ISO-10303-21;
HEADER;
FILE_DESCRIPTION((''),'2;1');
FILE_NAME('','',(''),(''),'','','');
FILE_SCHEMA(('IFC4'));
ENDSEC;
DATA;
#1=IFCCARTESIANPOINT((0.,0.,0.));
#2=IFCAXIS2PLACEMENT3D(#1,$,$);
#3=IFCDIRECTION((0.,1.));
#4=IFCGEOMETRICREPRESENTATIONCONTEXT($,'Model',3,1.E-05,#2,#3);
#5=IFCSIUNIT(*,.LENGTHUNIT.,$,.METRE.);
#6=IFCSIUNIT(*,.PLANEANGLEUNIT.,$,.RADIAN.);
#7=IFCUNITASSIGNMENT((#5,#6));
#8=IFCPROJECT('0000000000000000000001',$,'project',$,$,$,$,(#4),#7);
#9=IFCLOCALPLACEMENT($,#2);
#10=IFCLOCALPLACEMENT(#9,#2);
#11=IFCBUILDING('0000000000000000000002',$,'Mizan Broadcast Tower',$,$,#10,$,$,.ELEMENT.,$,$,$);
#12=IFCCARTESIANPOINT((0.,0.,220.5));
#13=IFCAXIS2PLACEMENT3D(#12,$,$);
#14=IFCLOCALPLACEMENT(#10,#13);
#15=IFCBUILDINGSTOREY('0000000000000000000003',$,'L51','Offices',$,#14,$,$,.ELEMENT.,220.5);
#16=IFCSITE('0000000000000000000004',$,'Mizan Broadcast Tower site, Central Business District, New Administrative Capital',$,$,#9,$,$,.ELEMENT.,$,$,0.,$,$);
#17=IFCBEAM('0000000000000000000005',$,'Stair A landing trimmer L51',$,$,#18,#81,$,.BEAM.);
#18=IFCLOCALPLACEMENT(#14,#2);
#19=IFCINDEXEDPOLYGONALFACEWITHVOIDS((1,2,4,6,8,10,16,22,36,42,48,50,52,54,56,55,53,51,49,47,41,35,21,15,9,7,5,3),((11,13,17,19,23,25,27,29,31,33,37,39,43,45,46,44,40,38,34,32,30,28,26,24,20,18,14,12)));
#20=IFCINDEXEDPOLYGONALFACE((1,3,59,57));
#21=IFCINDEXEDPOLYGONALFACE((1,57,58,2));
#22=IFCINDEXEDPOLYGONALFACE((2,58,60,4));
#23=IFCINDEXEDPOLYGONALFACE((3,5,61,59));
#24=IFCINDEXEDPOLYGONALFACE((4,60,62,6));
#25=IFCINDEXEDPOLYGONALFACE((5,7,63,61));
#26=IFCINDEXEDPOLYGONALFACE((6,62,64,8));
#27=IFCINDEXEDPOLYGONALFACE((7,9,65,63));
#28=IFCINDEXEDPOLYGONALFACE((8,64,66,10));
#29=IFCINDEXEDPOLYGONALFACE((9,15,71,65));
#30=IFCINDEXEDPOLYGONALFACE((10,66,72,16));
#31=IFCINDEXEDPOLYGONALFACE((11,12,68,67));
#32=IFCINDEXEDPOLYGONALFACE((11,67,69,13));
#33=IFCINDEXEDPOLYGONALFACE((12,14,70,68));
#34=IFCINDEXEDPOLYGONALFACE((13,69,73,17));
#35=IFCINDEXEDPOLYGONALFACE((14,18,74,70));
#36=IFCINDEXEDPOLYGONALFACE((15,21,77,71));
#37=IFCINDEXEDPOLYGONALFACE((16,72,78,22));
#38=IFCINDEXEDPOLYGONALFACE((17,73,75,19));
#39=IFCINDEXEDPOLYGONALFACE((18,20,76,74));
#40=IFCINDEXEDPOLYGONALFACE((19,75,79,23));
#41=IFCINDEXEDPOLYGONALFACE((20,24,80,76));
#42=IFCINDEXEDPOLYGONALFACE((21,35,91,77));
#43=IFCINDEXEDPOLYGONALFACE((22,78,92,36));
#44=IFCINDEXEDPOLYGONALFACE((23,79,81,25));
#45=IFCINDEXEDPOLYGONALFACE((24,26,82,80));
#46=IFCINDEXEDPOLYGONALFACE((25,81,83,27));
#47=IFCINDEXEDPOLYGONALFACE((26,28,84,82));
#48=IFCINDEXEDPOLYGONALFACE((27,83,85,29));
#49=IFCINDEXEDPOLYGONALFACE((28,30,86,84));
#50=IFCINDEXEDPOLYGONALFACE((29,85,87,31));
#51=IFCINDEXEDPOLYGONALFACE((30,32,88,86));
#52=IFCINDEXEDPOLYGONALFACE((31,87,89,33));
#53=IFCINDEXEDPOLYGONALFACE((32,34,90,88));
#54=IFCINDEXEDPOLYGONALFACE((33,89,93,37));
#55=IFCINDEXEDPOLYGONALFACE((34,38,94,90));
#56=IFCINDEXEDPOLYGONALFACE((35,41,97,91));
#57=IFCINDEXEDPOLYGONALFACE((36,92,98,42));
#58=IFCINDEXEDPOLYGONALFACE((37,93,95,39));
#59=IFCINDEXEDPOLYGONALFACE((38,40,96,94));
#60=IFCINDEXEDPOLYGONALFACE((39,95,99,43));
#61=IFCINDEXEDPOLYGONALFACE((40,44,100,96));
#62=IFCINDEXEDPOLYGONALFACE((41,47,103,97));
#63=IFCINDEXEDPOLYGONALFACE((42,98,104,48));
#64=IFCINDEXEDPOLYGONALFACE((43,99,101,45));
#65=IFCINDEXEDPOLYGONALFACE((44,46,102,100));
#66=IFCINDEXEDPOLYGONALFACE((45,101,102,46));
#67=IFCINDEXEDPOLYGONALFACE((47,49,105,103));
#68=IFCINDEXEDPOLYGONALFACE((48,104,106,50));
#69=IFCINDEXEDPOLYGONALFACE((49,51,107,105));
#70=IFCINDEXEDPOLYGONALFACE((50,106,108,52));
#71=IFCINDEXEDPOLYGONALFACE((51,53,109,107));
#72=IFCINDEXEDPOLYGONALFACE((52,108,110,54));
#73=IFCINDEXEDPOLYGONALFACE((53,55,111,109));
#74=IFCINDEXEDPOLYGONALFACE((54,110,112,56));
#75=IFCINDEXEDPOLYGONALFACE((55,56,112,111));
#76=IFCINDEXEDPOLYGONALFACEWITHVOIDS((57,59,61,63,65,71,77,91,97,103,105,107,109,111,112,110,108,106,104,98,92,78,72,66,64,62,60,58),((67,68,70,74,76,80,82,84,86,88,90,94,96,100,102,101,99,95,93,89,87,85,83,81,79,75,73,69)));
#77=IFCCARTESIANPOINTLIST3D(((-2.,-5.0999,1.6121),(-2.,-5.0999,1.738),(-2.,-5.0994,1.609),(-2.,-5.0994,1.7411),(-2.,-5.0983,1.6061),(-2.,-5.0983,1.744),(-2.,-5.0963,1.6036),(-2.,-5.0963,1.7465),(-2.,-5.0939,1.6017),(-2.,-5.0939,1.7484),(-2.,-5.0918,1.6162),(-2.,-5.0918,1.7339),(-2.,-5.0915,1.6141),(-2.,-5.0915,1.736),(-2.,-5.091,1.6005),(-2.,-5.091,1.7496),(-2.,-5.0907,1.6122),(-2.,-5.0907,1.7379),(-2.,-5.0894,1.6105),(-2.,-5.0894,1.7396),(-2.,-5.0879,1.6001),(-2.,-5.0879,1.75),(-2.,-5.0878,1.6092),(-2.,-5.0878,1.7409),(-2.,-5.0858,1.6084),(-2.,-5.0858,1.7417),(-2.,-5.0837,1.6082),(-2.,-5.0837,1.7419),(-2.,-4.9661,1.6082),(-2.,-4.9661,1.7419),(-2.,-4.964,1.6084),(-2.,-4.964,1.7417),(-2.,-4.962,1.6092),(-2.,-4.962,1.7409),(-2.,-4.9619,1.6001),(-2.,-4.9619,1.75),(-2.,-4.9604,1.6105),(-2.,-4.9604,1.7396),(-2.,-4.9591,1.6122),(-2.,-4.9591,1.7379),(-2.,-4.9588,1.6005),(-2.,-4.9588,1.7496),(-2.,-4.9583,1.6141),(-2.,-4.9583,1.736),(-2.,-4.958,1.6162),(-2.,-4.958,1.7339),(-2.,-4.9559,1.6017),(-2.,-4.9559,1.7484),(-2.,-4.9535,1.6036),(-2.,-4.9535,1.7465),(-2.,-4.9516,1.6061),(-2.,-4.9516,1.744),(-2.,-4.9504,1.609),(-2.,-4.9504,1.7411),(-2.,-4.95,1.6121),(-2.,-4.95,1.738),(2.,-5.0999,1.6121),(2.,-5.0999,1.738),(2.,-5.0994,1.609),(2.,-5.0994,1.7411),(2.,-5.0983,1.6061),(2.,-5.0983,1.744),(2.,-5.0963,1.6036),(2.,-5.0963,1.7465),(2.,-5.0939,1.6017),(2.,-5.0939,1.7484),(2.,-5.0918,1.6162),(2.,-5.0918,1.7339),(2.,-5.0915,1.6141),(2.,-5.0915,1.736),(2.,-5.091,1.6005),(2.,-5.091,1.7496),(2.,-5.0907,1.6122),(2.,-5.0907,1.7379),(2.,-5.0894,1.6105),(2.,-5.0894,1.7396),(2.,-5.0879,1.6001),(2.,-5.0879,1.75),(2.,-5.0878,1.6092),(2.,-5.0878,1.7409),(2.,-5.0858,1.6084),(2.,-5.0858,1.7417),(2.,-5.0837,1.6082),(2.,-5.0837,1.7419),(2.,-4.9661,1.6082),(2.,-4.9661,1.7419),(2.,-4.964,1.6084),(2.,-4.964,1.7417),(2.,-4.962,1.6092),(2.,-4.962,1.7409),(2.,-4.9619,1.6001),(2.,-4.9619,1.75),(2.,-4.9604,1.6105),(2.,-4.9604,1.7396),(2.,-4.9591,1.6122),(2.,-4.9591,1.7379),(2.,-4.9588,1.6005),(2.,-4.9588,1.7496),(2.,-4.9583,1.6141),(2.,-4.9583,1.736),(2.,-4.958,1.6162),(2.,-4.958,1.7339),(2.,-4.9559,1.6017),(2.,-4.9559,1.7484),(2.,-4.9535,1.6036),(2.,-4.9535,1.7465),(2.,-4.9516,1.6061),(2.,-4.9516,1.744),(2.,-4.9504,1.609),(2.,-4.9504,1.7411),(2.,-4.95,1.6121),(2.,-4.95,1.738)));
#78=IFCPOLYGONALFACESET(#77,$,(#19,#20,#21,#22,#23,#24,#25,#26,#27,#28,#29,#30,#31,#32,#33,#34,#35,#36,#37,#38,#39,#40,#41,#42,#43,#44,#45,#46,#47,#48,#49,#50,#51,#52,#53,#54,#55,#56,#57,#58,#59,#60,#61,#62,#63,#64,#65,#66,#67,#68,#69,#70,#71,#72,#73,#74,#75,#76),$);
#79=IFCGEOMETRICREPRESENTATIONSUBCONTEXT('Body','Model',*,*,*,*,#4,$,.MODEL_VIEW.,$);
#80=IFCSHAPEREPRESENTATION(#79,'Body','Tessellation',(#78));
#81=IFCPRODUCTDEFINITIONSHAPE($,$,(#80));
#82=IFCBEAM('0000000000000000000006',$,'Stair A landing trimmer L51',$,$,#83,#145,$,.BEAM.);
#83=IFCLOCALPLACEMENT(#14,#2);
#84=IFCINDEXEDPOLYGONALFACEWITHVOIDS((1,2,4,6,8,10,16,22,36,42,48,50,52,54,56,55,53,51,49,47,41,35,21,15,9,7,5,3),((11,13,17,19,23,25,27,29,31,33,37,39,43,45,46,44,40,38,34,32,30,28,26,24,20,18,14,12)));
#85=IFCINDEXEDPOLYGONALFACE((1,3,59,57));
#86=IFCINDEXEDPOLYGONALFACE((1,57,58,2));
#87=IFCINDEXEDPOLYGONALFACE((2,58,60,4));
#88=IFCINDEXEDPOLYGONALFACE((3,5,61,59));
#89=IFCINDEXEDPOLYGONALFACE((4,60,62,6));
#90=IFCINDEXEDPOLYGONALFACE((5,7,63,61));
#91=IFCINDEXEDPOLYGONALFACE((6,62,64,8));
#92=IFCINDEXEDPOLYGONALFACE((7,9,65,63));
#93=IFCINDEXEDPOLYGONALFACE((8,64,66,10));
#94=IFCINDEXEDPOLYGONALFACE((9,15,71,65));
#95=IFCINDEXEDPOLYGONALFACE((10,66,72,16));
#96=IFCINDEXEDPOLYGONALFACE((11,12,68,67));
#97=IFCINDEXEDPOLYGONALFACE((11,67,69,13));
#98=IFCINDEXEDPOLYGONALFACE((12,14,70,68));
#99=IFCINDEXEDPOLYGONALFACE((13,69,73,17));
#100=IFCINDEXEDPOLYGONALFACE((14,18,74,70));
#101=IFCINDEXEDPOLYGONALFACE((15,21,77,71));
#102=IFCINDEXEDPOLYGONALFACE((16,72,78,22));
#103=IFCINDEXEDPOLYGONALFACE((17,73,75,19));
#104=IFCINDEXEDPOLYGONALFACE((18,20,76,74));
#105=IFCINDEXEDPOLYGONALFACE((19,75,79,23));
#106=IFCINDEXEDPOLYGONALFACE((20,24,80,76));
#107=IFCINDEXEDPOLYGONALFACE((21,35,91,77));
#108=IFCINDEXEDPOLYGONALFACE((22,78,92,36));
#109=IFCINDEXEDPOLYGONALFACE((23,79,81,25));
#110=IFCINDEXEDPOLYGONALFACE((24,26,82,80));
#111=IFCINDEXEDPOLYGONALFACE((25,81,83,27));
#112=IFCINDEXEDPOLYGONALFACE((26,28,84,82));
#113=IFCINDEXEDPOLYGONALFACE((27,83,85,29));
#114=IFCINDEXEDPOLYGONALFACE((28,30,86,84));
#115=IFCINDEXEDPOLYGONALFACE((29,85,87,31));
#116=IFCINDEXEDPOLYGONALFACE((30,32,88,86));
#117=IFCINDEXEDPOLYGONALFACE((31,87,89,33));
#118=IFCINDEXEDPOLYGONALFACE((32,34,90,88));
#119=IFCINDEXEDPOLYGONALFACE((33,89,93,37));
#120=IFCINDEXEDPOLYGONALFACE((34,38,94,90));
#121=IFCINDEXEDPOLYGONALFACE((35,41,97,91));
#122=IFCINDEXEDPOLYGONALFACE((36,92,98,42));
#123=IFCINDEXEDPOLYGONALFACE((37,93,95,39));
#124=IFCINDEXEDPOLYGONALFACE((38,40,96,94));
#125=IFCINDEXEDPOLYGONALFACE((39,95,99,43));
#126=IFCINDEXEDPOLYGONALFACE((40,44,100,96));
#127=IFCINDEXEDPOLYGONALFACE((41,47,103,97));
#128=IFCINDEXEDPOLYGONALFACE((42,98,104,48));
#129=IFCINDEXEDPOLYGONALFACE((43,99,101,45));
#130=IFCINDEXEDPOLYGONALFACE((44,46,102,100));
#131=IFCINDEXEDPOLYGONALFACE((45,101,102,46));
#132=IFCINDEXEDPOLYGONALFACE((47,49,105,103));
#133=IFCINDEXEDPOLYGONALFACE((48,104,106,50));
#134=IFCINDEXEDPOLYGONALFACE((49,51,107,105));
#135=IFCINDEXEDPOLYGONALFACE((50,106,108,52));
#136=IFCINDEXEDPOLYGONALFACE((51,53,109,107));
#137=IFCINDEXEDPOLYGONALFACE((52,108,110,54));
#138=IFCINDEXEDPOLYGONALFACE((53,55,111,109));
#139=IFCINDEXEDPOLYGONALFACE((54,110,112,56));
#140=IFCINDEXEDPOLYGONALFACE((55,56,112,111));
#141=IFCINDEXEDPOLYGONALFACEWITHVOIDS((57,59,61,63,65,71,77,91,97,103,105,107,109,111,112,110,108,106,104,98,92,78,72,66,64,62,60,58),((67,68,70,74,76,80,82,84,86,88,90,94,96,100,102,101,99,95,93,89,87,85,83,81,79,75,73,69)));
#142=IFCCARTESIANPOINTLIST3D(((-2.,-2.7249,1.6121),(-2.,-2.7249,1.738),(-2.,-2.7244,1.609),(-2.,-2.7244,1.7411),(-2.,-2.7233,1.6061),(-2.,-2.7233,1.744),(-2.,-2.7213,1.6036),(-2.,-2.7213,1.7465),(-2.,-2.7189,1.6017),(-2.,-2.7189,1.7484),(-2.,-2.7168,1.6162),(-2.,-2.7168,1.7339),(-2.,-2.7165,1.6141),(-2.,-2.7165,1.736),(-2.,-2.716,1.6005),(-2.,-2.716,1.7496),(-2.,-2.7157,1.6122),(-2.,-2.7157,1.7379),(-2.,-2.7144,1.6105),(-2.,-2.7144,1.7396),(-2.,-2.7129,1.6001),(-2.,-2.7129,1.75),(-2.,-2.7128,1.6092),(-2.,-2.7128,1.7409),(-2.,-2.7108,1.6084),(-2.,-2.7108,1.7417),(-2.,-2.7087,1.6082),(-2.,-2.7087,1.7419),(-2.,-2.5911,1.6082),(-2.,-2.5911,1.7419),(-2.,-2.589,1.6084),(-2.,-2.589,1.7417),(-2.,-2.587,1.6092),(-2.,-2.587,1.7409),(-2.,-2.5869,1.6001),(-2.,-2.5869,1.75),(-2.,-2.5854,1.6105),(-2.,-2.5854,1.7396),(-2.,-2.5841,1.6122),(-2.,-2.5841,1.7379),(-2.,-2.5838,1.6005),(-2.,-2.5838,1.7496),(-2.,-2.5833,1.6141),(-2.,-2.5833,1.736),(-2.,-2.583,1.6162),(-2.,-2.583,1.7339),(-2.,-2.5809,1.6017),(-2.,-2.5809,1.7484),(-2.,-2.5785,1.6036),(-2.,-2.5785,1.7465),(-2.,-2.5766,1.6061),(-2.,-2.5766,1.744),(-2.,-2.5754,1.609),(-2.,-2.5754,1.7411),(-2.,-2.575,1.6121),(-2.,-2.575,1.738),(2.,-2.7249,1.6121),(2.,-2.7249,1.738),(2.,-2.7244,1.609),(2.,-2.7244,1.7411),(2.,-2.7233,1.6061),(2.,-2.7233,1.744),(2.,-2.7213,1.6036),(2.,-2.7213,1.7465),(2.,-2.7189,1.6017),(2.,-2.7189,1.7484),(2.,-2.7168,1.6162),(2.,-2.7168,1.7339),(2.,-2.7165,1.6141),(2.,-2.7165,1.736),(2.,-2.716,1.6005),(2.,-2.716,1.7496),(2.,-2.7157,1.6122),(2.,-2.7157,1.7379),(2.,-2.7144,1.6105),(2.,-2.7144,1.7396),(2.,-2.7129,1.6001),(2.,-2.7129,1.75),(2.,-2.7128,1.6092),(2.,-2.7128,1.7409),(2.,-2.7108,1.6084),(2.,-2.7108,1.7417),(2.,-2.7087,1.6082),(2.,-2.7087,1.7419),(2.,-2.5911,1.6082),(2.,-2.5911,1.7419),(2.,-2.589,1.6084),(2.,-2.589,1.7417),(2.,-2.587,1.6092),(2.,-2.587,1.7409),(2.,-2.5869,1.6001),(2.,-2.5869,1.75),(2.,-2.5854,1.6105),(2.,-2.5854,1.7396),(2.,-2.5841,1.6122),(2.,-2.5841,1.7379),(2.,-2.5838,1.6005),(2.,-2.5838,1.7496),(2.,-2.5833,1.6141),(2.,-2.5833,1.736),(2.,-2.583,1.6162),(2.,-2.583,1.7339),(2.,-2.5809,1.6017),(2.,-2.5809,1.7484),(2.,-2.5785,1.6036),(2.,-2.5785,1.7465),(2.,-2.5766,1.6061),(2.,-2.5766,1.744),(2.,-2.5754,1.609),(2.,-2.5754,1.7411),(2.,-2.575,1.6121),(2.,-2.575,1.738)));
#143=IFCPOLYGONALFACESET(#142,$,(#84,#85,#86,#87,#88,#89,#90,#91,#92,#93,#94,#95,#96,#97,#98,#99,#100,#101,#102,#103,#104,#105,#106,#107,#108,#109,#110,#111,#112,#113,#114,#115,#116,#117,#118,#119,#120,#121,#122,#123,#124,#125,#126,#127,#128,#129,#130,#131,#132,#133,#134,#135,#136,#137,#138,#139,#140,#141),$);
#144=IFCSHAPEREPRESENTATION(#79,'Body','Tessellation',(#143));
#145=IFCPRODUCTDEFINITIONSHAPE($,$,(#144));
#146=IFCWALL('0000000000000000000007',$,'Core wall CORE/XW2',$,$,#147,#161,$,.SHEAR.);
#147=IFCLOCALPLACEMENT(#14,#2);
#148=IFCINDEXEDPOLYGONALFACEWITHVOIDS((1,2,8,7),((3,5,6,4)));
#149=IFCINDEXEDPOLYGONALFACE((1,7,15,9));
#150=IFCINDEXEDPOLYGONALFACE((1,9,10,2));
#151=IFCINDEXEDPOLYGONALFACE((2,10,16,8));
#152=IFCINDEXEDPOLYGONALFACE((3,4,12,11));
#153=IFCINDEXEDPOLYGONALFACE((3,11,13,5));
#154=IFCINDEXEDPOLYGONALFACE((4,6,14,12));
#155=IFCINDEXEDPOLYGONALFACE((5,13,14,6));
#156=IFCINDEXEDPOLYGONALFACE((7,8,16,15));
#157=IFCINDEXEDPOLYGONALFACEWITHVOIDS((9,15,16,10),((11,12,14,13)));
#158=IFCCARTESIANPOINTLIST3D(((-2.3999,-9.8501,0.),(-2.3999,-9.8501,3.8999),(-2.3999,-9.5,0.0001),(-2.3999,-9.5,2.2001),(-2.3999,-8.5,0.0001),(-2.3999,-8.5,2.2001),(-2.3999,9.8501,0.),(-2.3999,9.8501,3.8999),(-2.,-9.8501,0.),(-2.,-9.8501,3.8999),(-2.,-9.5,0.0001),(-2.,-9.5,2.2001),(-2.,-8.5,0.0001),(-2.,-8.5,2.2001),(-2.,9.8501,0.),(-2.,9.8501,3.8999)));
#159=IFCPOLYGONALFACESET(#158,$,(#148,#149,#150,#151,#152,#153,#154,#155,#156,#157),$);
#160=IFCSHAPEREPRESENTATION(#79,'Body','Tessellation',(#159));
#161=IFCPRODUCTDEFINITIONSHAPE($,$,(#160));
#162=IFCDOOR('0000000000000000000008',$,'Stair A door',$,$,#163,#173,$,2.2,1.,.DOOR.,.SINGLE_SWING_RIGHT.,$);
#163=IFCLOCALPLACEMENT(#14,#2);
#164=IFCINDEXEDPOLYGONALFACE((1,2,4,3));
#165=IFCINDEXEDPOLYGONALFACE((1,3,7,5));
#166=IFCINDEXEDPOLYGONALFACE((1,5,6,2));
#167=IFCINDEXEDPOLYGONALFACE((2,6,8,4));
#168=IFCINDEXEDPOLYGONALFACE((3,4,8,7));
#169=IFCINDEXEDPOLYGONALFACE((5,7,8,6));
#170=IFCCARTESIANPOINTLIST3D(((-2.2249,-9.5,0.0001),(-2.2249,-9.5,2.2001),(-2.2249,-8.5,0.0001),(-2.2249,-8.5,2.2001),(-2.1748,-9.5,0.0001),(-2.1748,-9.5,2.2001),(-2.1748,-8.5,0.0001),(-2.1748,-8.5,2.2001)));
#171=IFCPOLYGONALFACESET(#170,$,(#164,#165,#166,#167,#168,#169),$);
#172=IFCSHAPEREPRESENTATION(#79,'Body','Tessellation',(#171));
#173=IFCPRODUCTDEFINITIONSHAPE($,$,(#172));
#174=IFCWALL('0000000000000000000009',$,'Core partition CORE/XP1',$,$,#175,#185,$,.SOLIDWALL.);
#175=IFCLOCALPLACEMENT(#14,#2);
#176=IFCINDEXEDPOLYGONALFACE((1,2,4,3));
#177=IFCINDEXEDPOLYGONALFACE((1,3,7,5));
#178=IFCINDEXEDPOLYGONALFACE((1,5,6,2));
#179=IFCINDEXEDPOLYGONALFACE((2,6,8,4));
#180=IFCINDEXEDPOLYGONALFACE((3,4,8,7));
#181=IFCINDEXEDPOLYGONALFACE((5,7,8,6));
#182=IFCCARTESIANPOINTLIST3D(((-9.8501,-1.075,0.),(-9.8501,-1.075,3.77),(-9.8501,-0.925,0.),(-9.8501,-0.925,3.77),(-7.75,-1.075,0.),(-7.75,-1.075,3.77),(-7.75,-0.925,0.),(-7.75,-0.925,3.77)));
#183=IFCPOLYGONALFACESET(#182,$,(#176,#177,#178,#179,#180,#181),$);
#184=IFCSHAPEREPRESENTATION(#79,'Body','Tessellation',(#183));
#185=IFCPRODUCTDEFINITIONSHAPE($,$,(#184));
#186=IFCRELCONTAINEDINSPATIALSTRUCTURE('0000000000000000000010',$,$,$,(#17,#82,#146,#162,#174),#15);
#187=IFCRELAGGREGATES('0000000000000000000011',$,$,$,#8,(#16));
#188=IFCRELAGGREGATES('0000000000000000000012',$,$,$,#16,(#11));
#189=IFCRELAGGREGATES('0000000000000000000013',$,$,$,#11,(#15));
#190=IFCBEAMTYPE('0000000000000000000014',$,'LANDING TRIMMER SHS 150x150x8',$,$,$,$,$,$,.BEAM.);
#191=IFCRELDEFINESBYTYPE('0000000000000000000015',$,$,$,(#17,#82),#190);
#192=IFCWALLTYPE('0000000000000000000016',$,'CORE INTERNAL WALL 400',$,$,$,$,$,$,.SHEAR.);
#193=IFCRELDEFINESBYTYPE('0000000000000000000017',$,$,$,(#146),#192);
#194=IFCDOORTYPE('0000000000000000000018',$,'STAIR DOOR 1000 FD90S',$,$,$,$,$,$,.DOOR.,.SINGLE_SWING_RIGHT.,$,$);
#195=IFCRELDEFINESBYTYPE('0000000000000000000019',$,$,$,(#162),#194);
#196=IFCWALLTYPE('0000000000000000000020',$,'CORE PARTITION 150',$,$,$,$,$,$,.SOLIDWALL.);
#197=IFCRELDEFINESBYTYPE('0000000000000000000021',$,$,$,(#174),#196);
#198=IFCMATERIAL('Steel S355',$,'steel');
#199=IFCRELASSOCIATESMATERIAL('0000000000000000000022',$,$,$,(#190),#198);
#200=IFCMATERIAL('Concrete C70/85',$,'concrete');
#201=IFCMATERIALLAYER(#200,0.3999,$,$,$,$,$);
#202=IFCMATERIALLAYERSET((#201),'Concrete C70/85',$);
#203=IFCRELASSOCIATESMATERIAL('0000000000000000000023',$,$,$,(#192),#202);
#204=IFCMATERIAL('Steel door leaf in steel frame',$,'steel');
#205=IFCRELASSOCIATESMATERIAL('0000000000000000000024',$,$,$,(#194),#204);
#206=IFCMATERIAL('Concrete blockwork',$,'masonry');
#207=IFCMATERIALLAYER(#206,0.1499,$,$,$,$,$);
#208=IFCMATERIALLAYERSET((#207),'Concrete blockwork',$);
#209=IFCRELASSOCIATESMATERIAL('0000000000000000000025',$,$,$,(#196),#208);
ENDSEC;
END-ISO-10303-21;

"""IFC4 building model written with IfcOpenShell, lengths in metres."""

from ifc_helpers import new_model, si_unit, direction, frame, frame_2d, origin, origin_2d, place, context, subcontext, project, spatial, rectangle, hollow_rectangle, extrude, material, layer, layer_set, material_profile, profile_set, type_object, element, fill, save


model = new_model("IFC4")

# Units and contexts
model_context = context("Model", 3, precision=1e-05, world=origin(), true_north=direction((0.0, 1.0)))
body_context = subcontext(model_context, "Body", "Model", "MODEL_VIEW")
ifc_project = project(units=[si_unit("LENGTHUNIT", "METRE"), si_unit("PLANEANGLEUNIT", "RADIAN")], contexts=[model_context])

# Site, building, storey
site_placement = place(None, origin())
site = spatial("IfcSite", under=ifc_project, at=site_placement, Name="Mizan Broadcast Tower site, Central Business District, New Administrative Capital", CompositionType="ELEMENT", RefElevation=0.0)
building_placement = place(site_placement, origin())
building = spatial("IfcBuilding", under=site, at=building_placement, Name="Mizan Broadcast Tower", CompositionType="ELEMENT")
storey_placement = place(building_placement, frame((0.0, 0.0, 220.5)))
storey = spatial("IfcBuildingStorey", under=building, at=storey_placement, Name="L51", Description="Offices", CompositionType="ELEMENT", Elevation=220.5)

# Beams
ifc_material_1 = material(Name="Steel S355", Category="steel")
ifc_material_profile = material_profile(ifc_material_1, hollow_rectangle(XDim=0.1499, YDim=0.1499, WallThickness=0.0081, InnerFilletRadius=0.0081, OuterFilletRadius=0.012, at=origin_2d()), Name="SHS 150x150x8")
ifc_profile_set = profile_set([ifc_material_profile], Name="Steel S355")
beam_type = type_object("IfcBeamType", Name="LANDING TRIMMER SHS 150x150x8", PredefinedType="BEAM", material=ifc_profile_set)
for number, where, z_axis, x_axis, name in (
    (1, (-2.0, -5.0249, 1.675), (1.0, 0.0, 0.0), (0.0, 1.0, 0.0), "Stair A landing trimmer L51"),
    (2, (-2.0, -2.6499, 1.675), (1.0, 0.0, 0.0), (0.0, 1.0, 0.0), "Stair A landing trimmer L51"),
):
    element("IfcBeam", number, at=place(storey_placement, frame(where, z_axis=z_axis, x_axis=x_axis)), inside=storey, type_object=beam_type, Name=name, PredefinedType="BEAM", context=body_context, shape_type="SweptSolid", body=[
        extrude(hollow_rectangle(XDim=0.1499, YDim=0.1499, WallThickness=0.0081, InnerFilletRadius=0.0081, OuterFilletRadius=0.012, at=origin_2d()), origin(), (0.0, 0.0, 1.0), 4.0),
    ])

# Wall, opening, door
ifc_material_2 = material(Name="Concrete C70/85", Category="concrete")
ifc_layer_1 = layer(ifc_material_2, 0.3999)
ifc_layer_set_1 = layer_set([ifc_layer_1], Name="Concrete C70/85")
wall_type_1 = type_object("IfcWallType", Name="CORE INTERNAL WALL 400", PredefinedType="SHEAR", material=ifc_layer_set_1)
wall_1_placement = place(storey_placement, frame((-2.2, -9.8501, 0.0), z_axis=(0.0, 0.0, 1.0), x_axis=(0.0, 1.0, 0.0)))
wall_1 = element("IfcWall", 3, at=wall_1_placement, inside=storey, type_object=wall_type_1, Name="Core wall CORE/XW2", PredefinedType="SHEAR", context=body_context, shape_type="SweptSolid", body=[
    extrude(rectangle(XDim=19.7002, YDim=0.3999, at=frame_2d((9.8501, 0.0))), origin(), (0.0, 0.0, 1.0), 3.8999),
])
opening_1_placement = place(wall_1_placement, frame((0.3501, 0.0, 0.0)))
opening_1 = element("IfcOpeningElement", 4, at=opening_1_placement, cuts=wall_1, PredefinedType="OPENING", context=body_context, shape_type="SweptSolid", body=[
    extrude(rectangle(XDim=1.0, YDim=2.2, at=frame_2d((0.5, 1.1001))), frame((0.0, 0.21, 0.0), z_axis=(0.0, -1.0, 0.0), x_axis=(1.0, 0.0, 0.0)), (0.0, 0.0, 1.0), 0.4199),
])
ifc_material_3 = material(Name="Steel door leaf in steel frame", Category="steel")
door_type_1 = type_object("IfcDoorType", Name="STAIR DOOR 1000 FD90S", OperationType="SINGLE_SWING_RIGHT", PredefinedType="DOOR", material=ifc_material_3)
door_1_placement = place(opening_1_placement, origin())
door_1 = element("IfcDoor", 5, at=door_1_placement, inside=storey, type_object=door_type_1, Name="Stair A door", OperationType="SINGLE_SWING_RIGHT", OverallHeight=2.2, OverallWidth=1.0, PredefinedType="DOOR", context=body_context, shape_type="SweptSolid", body=[
    extrude(rectangle(XDim=1.0, YDim=2.2, at=frame_2d((0.5, 1.1001))), frame((0.0, 0.0249, 0.0), z_axis=(0.0, -1.0, 0.0), x_axis=(1.0, 0.0, 0.0)), (0.0, 0.0, 1.0), 0.05),
])
fill(opening_1, door_1)

# Wall
ifc_material_4 = material(Name="Concrete blockwork", Category="masonry")
ifc_layer_2 = layer(ifc_material_4, 0.1499)
ifc_layer_set_2 = layer_set([ifc_layer_2], Name="Concrete blockwork")
wall_type_2 = type_object("IfcWallType", Name="CORE PARTITION 150", PredefinedType="SOLIDWALL", material=ifc_layer_set_2)
wall_2_placement = place(storey_placement, frame((-9.8501, -1.0, 0.0), z_axis=(0.0, 0.0, 1.0), x_axis=(1.0, 0.0, 0.0)))
element("IfcWall", 6, at=wall_2_placement, inside=storey, type_object=wall_type_2, Name="Core partition CORE/XP1", PredefinedType="SOLIDWALL", context=body_context, shape_type="SweptSolid", body=[
    extrude(rectangle(XDim=2.1001, YDim=0.1499, at=frame_2d((1.05, 0.0))), origin(), (0.0, 0.0, 1.0), 3.77),
])

save(model, "model.ifc")
